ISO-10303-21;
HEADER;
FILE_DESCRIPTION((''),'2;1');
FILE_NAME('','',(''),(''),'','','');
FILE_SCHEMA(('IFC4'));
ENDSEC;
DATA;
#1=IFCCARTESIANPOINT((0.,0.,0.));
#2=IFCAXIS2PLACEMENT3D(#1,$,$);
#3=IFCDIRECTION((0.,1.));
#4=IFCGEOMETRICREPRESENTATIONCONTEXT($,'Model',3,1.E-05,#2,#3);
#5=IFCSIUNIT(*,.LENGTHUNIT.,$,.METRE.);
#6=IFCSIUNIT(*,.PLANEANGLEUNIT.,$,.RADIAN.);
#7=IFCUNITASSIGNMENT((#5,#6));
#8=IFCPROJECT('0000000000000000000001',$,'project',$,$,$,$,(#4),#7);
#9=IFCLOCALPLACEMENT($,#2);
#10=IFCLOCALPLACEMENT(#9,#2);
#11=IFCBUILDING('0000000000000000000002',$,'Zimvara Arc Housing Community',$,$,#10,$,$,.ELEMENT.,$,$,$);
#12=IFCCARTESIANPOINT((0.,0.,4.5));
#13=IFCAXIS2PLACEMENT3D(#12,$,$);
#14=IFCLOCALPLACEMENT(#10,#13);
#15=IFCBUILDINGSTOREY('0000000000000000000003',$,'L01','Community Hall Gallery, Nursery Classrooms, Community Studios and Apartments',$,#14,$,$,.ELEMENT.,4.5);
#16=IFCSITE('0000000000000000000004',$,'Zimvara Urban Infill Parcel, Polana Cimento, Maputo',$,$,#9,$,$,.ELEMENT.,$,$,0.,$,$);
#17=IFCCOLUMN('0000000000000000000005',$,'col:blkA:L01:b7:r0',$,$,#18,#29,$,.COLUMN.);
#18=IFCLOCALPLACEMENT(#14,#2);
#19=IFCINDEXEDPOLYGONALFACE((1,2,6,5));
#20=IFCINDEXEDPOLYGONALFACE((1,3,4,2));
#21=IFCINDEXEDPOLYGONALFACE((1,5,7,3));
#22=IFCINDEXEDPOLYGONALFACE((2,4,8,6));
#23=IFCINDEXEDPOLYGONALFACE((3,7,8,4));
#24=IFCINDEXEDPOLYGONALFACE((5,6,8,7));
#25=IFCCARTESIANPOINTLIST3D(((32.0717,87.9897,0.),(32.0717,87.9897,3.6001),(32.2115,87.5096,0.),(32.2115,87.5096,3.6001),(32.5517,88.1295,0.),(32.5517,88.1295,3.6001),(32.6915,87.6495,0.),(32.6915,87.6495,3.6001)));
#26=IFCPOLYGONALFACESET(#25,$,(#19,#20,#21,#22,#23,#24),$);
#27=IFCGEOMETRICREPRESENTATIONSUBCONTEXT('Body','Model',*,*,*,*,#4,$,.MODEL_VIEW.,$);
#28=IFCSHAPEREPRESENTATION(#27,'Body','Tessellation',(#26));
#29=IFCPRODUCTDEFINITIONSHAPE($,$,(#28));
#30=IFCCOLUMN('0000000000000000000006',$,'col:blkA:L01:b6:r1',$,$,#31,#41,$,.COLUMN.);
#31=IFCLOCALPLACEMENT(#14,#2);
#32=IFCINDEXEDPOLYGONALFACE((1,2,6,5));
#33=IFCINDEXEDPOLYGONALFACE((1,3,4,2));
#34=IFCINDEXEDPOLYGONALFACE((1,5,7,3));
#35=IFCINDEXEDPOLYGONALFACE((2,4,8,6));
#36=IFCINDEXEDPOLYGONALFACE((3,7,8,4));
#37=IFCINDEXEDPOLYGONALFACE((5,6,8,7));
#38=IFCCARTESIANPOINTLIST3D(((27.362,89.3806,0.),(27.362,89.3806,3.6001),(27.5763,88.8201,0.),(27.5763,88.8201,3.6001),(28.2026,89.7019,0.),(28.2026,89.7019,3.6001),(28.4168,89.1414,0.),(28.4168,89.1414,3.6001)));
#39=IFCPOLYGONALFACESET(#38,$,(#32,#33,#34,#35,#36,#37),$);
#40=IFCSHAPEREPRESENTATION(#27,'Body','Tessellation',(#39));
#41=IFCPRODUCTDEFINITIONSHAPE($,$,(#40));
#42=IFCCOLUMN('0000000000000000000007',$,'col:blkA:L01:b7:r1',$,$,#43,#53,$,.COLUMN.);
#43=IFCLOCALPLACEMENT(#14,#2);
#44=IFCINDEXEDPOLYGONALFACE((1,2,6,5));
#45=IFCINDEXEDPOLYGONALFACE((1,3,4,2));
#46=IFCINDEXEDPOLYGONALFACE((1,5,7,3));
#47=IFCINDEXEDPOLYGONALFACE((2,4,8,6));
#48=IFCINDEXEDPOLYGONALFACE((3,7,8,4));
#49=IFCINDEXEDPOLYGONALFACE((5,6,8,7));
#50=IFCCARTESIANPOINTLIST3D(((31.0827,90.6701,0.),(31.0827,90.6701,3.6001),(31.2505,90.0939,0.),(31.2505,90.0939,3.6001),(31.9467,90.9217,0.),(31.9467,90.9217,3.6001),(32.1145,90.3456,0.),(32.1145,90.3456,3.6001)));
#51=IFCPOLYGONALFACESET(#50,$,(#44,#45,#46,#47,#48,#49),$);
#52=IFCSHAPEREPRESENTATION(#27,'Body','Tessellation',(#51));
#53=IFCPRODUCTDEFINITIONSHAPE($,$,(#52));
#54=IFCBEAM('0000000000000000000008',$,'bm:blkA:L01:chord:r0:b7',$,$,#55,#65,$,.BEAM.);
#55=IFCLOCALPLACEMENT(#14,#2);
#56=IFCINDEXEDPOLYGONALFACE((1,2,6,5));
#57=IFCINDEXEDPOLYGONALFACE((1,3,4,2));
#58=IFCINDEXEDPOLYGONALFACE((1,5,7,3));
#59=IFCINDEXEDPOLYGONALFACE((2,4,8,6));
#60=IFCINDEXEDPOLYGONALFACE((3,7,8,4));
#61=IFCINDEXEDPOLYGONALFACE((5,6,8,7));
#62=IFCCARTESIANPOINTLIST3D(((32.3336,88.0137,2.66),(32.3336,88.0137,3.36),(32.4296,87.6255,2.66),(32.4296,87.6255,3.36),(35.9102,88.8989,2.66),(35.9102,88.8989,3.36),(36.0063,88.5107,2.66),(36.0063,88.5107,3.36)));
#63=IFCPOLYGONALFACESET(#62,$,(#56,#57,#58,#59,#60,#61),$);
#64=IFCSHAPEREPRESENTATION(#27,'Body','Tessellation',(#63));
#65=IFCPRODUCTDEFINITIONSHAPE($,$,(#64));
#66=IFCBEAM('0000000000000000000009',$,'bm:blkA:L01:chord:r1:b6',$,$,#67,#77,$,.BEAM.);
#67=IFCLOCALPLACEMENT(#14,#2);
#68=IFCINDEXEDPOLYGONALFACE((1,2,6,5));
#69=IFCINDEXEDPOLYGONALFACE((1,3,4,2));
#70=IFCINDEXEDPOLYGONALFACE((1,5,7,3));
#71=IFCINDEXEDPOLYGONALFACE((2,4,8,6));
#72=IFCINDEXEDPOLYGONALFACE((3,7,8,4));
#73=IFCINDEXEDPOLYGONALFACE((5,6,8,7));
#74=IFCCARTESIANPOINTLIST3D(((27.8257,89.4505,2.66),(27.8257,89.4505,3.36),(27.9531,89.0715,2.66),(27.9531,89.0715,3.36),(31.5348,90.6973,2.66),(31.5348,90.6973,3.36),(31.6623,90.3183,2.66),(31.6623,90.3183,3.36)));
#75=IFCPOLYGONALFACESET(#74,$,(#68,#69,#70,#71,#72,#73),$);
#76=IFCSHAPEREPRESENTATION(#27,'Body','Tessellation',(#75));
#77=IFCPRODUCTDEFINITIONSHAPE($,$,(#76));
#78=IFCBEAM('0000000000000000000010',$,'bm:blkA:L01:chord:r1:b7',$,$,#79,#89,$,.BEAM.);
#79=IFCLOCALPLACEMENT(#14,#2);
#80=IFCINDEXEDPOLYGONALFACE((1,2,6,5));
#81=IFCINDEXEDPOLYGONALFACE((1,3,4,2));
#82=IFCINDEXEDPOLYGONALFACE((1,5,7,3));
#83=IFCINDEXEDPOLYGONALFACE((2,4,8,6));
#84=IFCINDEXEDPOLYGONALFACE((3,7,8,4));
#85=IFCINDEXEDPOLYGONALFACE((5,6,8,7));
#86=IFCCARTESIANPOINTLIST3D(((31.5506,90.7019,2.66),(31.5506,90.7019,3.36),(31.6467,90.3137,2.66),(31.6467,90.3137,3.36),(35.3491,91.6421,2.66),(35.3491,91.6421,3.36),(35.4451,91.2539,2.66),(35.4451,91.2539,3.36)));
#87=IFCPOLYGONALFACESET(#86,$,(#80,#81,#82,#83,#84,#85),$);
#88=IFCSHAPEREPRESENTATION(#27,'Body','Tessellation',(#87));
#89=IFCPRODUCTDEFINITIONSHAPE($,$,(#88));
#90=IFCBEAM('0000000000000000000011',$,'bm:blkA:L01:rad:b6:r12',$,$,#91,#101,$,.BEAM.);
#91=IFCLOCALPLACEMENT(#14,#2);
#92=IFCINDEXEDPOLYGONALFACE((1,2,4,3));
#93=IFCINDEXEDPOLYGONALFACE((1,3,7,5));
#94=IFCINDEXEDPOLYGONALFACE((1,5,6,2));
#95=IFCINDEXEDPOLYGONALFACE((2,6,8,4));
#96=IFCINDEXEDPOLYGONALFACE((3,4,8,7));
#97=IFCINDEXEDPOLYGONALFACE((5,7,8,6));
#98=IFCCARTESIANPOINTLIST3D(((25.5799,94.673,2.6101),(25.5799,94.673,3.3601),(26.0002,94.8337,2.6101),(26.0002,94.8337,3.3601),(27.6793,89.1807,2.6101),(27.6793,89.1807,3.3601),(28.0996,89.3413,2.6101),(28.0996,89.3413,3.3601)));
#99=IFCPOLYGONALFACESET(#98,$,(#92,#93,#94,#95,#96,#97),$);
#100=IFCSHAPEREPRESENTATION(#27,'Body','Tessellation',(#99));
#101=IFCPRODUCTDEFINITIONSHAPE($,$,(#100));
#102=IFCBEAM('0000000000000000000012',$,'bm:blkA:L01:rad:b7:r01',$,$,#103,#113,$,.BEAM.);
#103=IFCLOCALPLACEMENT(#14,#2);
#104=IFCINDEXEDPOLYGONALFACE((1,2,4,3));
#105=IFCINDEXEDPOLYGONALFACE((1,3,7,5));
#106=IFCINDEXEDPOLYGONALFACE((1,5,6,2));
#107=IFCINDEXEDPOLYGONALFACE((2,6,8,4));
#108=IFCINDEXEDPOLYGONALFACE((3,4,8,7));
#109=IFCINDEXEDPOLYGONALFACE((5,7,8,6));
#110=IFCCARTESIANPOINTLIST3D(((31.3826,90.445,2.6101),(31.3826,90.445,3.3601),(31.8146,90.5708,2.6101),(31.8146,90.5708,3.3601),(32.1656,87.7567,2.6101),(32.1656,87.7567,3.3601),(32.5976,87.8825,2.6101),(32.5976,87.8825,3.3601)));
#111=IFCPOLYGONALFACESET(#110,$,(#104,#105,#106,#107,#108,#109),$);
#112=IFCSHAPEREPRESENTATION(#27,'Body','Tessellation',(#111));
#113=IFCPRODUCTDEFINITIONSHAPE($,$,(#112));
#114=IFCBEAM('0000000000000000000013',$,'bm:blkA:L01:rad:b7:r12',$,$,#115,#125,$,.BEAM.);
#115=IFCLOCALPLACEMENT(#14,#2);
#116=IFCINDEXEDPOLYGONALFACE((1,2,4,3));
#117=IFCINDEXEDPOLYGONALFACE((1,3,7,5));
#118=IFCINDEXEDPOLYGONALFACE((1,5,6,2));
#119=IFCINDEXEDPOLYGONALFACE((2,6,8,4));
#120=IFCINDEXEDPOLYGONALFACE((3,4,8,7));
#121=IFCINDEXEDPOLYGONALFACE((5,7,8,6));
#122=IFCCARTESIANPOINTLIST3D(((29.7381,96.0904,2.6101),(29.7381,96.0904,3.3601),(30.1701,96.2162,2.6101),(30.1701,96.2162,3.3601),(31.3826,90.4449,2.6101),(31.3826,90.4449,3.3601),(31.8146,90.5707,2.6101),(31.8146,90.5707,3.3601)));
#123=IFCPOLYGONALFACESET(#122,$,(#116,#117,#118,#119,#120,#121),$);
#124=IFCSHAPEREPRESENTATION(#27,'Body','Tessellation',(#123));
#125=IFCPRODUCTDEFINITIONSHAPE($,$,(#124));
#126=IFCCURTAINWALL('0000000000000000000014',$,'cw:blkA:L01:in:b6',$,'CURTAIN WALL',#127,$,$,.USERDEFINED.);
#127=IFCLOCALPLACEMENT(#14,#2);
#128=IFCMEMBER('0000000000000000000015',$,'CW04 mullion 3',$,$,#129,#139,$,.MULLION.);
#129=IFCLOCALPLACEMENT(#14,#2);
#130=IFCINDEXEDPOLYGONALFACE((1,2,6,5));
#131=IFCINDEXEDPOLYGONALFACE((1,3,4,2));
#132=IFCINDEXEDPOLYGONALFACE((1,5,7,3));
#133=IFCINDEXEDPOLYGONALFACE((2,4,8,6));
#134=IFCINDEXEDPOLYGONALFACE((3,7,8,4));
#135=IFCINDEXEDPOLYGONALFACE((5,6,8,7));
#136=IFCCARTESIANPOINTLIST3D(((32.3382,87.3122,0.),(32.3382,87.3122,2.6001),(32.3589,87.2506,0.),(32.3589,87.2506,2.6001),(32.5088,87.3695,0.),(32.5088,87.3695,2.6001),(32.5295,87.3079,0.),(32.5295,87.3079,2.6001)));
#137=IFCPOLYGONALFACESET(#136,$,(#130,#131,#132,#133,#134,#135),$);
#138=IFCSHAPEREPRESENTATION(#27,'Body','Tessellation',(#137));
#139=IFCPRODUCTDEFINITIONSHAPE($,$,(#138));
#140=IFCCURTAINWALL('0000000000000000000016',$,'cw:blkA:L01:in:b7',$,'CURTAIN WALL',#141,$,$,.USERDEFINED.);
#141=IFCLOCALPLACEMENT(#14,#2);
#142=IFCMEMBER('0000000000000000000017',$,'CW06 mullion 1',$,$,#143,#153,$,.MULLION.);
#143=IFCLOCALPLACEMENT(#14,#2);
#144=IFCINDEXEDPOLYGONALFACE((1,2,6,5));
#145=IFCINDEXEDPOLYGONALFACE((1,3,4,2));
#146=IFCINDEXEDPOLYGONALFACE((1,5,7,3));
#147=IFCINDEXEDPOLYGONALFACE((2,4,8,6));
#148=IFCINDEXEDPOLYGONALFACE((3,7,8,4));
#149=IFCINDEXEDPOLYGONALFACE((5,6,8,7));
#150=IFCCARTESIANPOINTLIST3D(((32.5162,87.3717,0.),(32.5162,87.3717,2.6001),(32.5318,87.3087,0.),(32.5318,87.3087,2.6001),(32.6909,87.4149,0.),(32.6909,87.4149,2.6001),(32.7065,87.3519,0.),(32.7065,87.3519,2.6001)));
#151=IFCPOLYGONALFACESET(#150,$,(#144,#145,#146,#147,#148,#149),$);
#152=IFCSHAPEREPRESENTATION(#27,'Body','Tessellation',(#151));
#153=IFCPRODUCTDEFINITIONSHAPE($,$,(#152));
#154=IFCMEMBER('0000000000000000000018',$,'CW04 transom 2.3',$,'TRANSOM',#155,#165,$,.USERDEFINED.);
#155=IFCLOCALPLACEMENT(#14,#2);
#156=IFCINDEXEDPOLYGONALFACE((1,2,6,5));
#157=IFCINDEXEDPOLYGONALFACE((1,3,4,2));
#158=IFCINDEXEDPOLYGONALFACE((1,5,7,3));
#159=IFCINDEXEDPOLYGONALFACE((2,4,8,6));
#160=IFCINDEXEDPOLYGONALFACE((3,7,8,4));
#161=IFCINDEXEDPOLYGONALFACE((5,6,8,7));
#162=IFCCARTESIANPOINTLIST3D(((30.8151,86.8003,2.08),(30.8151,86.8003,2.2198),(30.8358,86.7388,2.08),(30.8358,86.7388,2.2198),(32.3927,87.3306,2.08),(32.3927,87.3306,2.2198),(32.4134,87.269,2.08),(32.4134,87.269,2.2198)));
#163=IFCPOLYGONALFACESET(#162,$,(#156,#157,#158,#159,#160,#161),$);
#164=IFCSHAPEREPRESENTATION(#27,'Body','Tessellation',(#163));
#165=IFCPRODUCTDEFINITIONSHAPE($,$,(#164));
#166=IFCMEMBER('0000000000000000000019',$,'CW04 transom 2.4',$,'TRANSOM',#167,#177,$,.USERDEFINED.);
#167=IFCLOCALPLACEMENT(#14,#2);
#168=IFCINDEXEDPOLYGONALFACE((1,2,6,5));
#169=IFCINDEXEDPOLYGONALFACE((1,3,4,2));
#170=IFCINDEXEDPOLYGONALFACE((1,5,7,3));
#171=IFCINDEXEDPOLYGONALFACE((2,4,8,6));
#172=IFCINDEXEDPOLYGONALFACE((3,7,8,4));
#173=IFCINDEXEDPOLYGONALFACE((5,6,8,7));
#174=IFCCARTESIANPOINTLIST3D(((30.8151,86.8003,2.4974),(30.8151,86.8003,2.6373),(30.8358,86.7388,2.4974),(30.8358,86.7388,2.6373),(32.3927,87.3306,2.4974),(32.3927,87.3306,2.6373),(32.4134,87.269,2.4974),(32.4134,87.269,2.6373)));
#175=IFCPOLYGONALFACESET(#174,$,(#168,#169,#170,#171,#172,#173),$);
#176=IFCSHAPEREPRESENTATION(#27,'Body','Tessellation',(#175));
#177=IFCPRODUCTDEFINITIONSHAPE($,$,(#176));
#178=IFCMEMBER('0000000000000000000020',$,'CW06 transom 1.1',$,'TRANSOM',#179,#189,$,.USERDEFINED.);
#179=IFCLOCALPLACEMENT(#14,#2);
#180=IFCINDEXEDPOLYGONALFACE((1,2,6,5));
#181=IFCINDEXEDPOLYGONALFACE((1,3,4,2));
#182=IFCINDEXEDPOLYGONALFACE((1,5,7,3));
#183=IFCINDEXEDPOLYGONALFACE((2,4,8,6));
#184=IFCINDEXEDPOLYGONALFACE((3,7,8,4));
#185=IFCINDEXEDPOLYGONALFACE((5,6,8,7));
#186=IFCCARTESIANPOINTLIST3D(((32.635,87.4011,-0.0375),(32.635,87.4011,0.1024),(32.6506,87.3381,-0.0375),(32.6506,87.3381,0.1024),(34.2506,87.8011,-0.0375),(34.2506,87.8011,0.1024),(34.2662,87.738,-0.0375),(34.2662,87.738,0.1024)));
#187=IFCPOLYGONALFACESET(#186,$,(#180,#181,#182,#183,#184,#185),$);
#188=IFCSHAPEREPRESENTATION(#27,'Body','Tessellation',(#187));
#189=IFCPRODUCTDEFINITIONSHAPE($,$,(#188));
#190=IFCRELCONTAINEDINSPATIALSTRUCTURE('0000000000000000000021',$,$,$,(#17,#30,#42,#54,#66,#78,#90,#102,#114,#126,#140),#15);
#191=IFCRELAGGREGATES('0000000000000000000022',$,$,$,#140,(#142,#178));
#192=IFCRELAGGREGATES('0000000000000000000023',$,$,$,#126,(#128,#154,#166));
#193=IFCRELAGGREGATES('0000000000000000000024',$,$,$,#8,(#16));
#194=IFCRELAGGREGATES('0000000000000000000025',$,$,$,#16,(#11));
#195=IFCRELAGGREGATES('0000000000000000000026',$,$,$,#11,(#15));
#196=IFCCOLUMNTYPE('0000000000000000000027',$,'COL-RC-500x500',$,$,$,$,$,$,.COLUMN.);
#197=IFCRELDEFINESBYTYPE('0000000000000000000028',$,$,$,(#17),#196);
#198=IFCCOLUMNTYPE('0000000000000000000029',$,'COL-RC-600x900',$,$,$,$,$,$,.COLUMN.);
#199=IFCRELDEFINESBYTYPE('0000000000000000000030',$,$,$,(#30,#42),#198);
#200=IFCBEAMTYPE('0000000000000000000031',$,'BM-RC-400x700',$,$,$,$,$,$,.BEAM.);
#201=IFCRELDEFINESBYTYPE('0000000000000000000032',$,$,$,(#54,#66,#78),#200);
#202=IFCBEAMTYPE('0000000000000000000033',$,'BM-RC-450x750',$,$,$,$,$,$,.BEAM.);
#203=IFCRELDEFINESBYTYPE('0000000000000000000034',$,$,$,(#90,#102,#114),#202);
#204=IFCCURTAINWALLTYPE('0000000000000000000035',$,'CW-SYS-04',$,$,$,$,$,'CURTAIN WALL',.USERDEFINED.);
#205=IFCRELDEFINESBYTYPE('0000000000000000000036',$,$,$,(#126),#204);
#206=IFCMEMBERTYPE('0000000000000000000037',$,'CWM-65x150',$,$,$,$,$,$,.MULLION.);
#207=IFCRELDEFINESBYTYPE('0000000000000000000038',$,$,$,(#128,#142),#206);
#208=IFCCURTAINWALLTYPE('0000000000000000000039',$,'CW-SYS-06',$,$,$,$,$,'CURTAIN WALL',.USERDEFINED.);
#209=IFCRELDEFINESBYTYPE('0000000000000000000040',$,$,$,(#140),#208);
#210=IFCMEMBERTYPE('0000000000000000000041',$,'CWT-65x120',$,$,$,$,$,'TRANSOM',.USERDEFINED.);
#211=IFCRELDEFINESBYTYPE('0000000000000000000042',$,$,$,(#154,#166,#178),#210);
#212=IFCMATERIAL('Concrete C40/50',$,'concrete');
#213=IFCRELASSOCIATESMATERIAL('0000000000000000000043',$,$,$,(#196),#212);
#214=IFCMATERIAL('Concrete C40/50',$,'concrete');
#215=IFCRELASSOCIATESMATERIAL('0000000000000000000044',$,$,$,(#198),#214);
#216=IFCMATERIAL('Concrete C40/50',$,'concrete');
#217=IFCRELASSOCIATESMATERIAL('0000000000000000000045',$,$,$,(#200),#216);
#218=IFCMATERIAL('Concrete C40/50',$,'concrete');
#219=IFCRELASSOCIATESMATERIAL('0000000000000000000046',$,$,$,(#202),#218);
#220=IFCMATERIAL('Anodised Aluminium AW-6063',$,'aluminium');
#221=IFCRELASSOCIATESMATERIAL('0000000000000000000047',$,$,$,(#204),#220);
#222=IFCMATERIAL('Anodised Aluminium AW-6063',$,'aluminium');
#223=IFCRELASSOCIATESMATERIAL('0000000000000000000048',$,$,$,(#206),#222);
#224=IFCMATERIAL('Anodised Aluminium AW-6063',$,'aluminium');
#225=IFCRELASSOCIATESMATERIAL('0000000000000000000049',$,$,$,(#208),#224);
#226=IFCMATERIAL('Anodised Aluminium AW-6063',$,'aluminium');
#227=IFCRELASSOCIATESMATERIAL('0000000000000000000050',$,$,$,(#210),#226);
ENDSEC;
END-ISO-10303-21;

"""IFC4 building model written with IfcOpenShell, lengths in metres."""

from ifc_helpers import new_model, si_unit, direction, frame, origin, origin_2d, place, context, subcontext, project, spatial, rectangle, extrude, material, material_profile, profile_set, type_object, element, aggregate, save


model = new_model("IFC4")

# Units and contexts
model_context = context("Model", 3, precision=1e-05, world=origin(), true_north=direction((0.0, 1.0)))
body_context = subcontext(model_context, "Body", "Model", "MODEL_VIEW")
ifc_project = project(units=[si_unit("LENGTHUNIT", "METRE"), si_unit("PLANEANGLEUNIT", "RADIAN")], contexts=[model_context])

# Site, building, storey
site_placement = place(None, origin())
site = spatial("IfcSite", under=ifc_project, at=site_placement, Name="Zimvara Urban Infill Parcel, Polana Cimento, Maputo", CompositionType="ELEMENT", RefElevation=0.0)
building_placement = place(site_placement, origin())
building = spatial("IfcBuilding", under=site, at=building_placement, Name="Zimvara Arc Housing Community", CompositionType="ELEMENT")
storey_placement = place(building_placement, frame((0.0, 0.0, 4.5)))
storey = spatial("IfcBuildingStorey", under=building, at=storey_placement, Name="L01", Description="Community Hall Gallery, Nursery Classrooms, Community Studios and Apartments", CompositionType="ELEMENT", Elevation=4.5)

# Columns
ifc_material_1 = material(Name="Concrete C40/50", Category="concrete")
ifc_material_profile_1 = material_profile(ifc_material_1, rectangle(XDim=0.5, YDim=0.5, at=origin_2d()), Name="RC 500x500")
ifc_profile_set_1 = profile_set([ifc_material_profile_1], Name="Concrete C40/50")
column_type_1 = type_object("IfcColumnType", Name="COL-RC-500x500", PredefinedType="COLUMN", material=ifc_profile_set_1)
column_placement = place(storey_placement, frame((32.3816, 87.8196, 0.0), z_axis=(0.0, 0.0, 1.0), x_axis=(-0.279661, 0.960099, 0.0)))
element("IfcColumn", 1, at=column_placement, inside=storey, type_object=column_type_1, Name="col:blkA:L01:b7:r0", PredefinedType="COLUMN", context=body_context, shape_type="SweptSolid", body=[
    extrude(rectangle(XDim=0.5, YDim=0.5, at=origin_2d()), origin(), (0.0, 0.0, 1.0), 3.6001),
])
ifc_material_2 = material(Name="Concrete C40/50", Category="concrete")
ifc_material_profile_2 = material_profile(ifc_material_2, rectangle(XDim=0.6001, YDim=0.8999, at=origin_2d()), Name="RC 600x900")
ifc_profile_set_2 = profile_set([ifc_material_profile_2], Name="Concrete C40/50")
column_type_2 = type_object("IfcColumnType", Name="COL-RC-600x900", PredefinedType="COLUMN", material=ifc_profile_set_2)
for number, where, z_axis, x_axis, name in (
    (2, (27.8894, 89.261, 0.0), (0.0, 0.0, 1.0), (-0.357064, 0.93408, 0.0), "col:blkA:L01:b6:r1"),
    (3, (31.5986, 90.5078, 0.0), (0.0, 0.0, 1.0), (-0.279661, 0.960099, 0.0), "col:blkA:L01:b7:r1"),
):
    element("IfcColumn", number, at=place(storey_placement, frame(where, z_axis=z_axis, x_axis=x_axis)), inside=storey, type_object=column_type_2, Name=name, PredefinedType="COLUMN", context=body_context, shape_type="SweptSolid", body=[
        extrude(rectangle(XDim=0.6001, YDim=0.8999, at=origin_2d()), origin(), (0.0, 0.0, 1.0), 3.6001),
    ])

# Beams
ifc_material_3 = material(Name="Concrete C40/50", Category="concrete")
ifc_material_profile_3 = material_profile(ifc_material_3, rectangle(XDim=0.3999, YDim=0.7, at=origin_2d()), Name="RC 400x700")
ifc_profile_set_3 = profile_set([ifc_material_profile_3], Name="Concrete C40/50")
beam_type_1 = type_object("IfcBeamType", Name="BM-RC-400x700", PredefinedType="BEAM", material=ifc_profile_set_3)
beam_1_placement = place(storey_placement, frame((32.3816, 87.8196, 3.01), z_axis=(0.970709, 0.240259, 0.0), x_axis=(-0.240259, 0.970709, 0.0)))
element("IfcBeam", 4, at=beam_1_placement, inside=storey, type_object=beam_type_1, Name="bm:blkA:L01:chord:r0:b7", PredefinedType="BEAM", context=body_context, shape_type="SweptSolid", body=[
    extrude(rectangle(XDim=0.3999, YDim=0.7, at=origin_2d()), origin(), (0.0, 0.0, 1.0), 3.6846),
])
for number, where, z_axis, x_axis, name in (
    (5, (27.8894, 89.261, 3.01), (0.947882, 0.318623, 0.0), (-0.318623, 0.947882, 0.0), "bm:blkA:L01:chord:r1:b6"),
    (6, (31.5986, 90.5078, 3.01), (0.970709, 0.24026, 0.0), (-0.24026, 0.970709, 0.0), "bm:blkA:L01:chord:r1:b7"),
):
    element("IfcBeam", number, at=place(storey_placement, frame(where, z_axis=z_axis, x_axis=x_axis)), inside=storey, type_object=beam_type_1, Name=name, PredefinedType="BEAM", context=body_context, shape_type="SweptSolid", body=[
        extrude(rectangle(XDim=0.3999, YDim=0.7, at=origin_2d()), origin(), (0.0, 0.0, 1.0), 3.9131),
    ])
ifc_material_4 = material(Name="Concrete C40/50", Category="concrete")
ifc_material_profile_4 = material_profile(ifc_material_4, rectangle(XDim=0.45, YDim=0.75, at=origin_2d()), Name="RC 450x750")
ifc_profile_set_4 = profile_set([ifc_material_profile_4], Name="Concrete C40/50")
beam_type_2 = type_object("IfcBeamType", Name="BM-RC-450x750", PredefinedType="BEAM", material=ifc_profile_set_4)
beam_2_placement = place(storey_placement, frame((27.8894, 89.261, 2.9851), z_axis=(-0.357036, 0.934091, 0.0), x_axis=(-0.934091, -0.357036, 0.0)))
element("IfcBeam", 7, at=beam_2_placement, inside=storey, type_object=beam_type_2, Name="bm:blkA:L01:rad:b6:r12", PredefinedType="BEAM", context=body_context, shape_type="SweptSolid", body=[
    extrude(rectangle(XDim=0.45, YDim=0.75, at=origin_2d()), origin(), (0.0, 0.0, 1.0), 5.8799),
])
beam_3_placement = place(storey_placement, frame((32.3816, 87.8196, 2.9851), z_axis=(-0.279635, 0.960106, 0.0), x_axis=(-0.960106, -0.279635, 0.0)))
element("IfcBeam", 8, at=beam_3_placement, inside=storey, type_object=beam_type_2, Name="bm:blkA:L01:rad:b7:r01", PredefinedType="BEAM", context=body_context, shape_type="SweptSolid", body=[
    extrude(rectangle(XDim=0.45, YDim=0.75, at=origin_2d()), origin(), (0.0, 0.0, 1.0), 2.8),
])
beam_4_placement = place(storey_placement, frame((31.5986, 90.5078, 2.9851), z_axis=(-0.279675, 0.960095, 0.0), x_axis=(-0.960095, -0.279675, 0.0)))
element("IfcBeam", 9, at=beam_4_placement, inside=storey, type_object=beam_type_2, Name="bm:blkA:L01:rad:b7:r12", PredefinedType="BEAM", context=body_context, shape_type="SweptSolid", body=[
    extrude(rectangle(XDim=0.45, YDim=0.75, at=origin_2d()), origin(), (0.0, 0.0, 1.0), 5.8801),
])

# Curtain walls, members
ifc_material_5 = material(Name="Anodised Aluminium AW-6063", Category="aluminium")
curtain_wall_type_1 = type_object("IfcCurtainWallType", Name="CW-SYS-04", ElementType="CURTAIN WALL", PredefinedType="USERDEFINED", material=ifc_material_5)
curtain_wall_1_placement = place(storey_placement, origin())
curtain_wall_1 = element("IfcCurtainWall", 10, at=curtain_wall_1_placement, inside=storey, type_object=curtain_wall_type_1, Name="cw:blkA:L01:in:b6", ObjectType="CURTAIN WALL", PredefinedType="USERDEFINED")
ifc_material_6 = material(Name="Anodised Aluminium AW-6063", Category="aluminium")
ifc_material_profile_5 = material_profile(ifc_material_6, rectangle(XDim=0.0649, YDim=0.1799, at=origin_2d()), Name="ALU 65x180")
ifc_profile_set_5 = profile_set([ifc_material_profile_5], Name="Anodised Aluminium AW-6063")
member_type_1 = type_object("IfcMemberType", Name="CWM-65x150", PredefinedType="MULLION", material=ifc_profile_set_5)
member_1_placement = place(storey_placement, frame((32.4338, 87.3101, 0.0), z_axis=(0.0, 0.0, 1.0), x_axis=(-0.31863, 0.947879, 0.0)))
member_1 = element("IfcMember", 11, at=member_1_placement, type_object=member_type_1, Name="CW04 mullion 3", PredefinedType="MULLION", context=body_context, shape_type="SweptSolid", body=[
    extrude(rectangle(XDim=0.0649, YDim=0.1799, at=origin_2d()), origin(), (0.0, 0.0, 1.0), 2.6001),
])
ifc_material_7 = material(Name="Anodised Aluminium AW-6063", Category="aluminium")
curtain_wall_type_2 = type_object("IfcCurtainWallType", Name="CW-SYS-06", ElementType="CURTAIN WALL", PredefinedType="USERDEFINED", material=ifc_material_7)
curtain_wall_2_placement = place(storey_placement, origin())
curtain_wall_2 = element("IfcCurtainWall", 12, at=curtain_wall_2_placement, inside=storey, type_object=curtain_wall_type_2, Name="cw:blkA:L01:in:b7", ObjectType="CURTAIN WALL", PredefinedType="USERDEFINED")
member_2_placement = place(storey_placement, frame((32.6113, 87.3618, 0.0), z_axis=(0.0, 0.0, 1.0), x_axis=(-0.240228, 0.970717, 0.0)))
member_2 = element("IfcMember", 13, at=member_2_placement, type_object=member_type_1, Name="CW06 mullion 1", PredefinedType="MULLION", context=body_context, shape_type="SweptSolid", body=[
    extrude(rectangle(XDim=0.0649, YDim=0.1799, at=origin_2d()), origin(), (0.0, 0.0, 1.0), 2.6001),
])

# Members
ifc_material_8 = material(Name="Anodised Aluminium AW-6063", Category="aluminium")
ifc_material_profile_6 = material_profile(ifc_material_8, rectangle(XDim=0.0649, YDim=0.1399, at=origin_2d()), Name="ALU 65x140")
ifc_profile_set_6 = profile_set([ifc_material_profile_6], Name="Anodised Aluminium AW-6063")
member_type_2 = type_object("IfcMemberType", Name="CWT-65x120", ElementType="TRANSOM", PredefinedType="USERDEFINED", material=ifc_profile_set_6)
member_3_placement = place(storey_placement, frame((30.8254, 86.7695, 2.1499), z_axis=(0.947888, 0.318603, 0.0), x_axis=(-0.318603, 0.947888, 0.0)))
member_3 = element("IfcMember", 14, at=member_3_placement, type_object=member_type_2, Name="CW04 transom 2.3", ObjectType="TRANSOM", PredefinedType="USERDEFINED", context=body_context, shape_type="SweptSolid", body=[
    extrude(rectangle(XDim=0.0649, YDim=0.1399, at=origin_2d()), origin(), (0.0, 0.0, 1.0), 1.6643),
])
member_4_placement = place(storey_placement, frame((30.8254, 86.7695, 2.5674), z_axis=(0.947888, 0.318603, 0.0), x_axis=(-0.318603, 0.947888, 0.0)))
member_4 = element("IfcMember", 15, at=member_4_placement, type_object=member_type_2, Name="CW04 transom 2.4", ObjectType="TRANSOM", PredefinedType="USERDEFINED", context=body_context, shape_type="SweptSolid", body=[
    extrude(rectangle(XDim=0.0649, YDim=0.1399, at=origin_2d()), origin(), (0.0, 0.0, 1.0), 1.6643),
])
member_5_placement = place(storey_placement, frame((32.6428, 87.3696, 0.0325), z_axis=(0.970701, 0.240291, 0.0), x_axis=(-0.240291, 0.970701, 0.0)))
member_5 = element("IfcMember", 16, at=member_5_placement, type_object=member_type_2, Name="CW06 transom 1.1", ObjectType="TRANSOM", PredefinedType="USERDEFINED", context=body_context, shape_type="SweptSolid", body=[
    extrude(rectangle(XDim=0.0649, YDim=0.1399, at=origin_2d()), origin(), (0.0, 0.0, 1.0), 1.6643),
])
aggregate(curtain_wall_2, [member_2, member_5])

aggregate(curtain_wall_1, [member_1, member_3, member_4])

save(model, "model.ifc")
